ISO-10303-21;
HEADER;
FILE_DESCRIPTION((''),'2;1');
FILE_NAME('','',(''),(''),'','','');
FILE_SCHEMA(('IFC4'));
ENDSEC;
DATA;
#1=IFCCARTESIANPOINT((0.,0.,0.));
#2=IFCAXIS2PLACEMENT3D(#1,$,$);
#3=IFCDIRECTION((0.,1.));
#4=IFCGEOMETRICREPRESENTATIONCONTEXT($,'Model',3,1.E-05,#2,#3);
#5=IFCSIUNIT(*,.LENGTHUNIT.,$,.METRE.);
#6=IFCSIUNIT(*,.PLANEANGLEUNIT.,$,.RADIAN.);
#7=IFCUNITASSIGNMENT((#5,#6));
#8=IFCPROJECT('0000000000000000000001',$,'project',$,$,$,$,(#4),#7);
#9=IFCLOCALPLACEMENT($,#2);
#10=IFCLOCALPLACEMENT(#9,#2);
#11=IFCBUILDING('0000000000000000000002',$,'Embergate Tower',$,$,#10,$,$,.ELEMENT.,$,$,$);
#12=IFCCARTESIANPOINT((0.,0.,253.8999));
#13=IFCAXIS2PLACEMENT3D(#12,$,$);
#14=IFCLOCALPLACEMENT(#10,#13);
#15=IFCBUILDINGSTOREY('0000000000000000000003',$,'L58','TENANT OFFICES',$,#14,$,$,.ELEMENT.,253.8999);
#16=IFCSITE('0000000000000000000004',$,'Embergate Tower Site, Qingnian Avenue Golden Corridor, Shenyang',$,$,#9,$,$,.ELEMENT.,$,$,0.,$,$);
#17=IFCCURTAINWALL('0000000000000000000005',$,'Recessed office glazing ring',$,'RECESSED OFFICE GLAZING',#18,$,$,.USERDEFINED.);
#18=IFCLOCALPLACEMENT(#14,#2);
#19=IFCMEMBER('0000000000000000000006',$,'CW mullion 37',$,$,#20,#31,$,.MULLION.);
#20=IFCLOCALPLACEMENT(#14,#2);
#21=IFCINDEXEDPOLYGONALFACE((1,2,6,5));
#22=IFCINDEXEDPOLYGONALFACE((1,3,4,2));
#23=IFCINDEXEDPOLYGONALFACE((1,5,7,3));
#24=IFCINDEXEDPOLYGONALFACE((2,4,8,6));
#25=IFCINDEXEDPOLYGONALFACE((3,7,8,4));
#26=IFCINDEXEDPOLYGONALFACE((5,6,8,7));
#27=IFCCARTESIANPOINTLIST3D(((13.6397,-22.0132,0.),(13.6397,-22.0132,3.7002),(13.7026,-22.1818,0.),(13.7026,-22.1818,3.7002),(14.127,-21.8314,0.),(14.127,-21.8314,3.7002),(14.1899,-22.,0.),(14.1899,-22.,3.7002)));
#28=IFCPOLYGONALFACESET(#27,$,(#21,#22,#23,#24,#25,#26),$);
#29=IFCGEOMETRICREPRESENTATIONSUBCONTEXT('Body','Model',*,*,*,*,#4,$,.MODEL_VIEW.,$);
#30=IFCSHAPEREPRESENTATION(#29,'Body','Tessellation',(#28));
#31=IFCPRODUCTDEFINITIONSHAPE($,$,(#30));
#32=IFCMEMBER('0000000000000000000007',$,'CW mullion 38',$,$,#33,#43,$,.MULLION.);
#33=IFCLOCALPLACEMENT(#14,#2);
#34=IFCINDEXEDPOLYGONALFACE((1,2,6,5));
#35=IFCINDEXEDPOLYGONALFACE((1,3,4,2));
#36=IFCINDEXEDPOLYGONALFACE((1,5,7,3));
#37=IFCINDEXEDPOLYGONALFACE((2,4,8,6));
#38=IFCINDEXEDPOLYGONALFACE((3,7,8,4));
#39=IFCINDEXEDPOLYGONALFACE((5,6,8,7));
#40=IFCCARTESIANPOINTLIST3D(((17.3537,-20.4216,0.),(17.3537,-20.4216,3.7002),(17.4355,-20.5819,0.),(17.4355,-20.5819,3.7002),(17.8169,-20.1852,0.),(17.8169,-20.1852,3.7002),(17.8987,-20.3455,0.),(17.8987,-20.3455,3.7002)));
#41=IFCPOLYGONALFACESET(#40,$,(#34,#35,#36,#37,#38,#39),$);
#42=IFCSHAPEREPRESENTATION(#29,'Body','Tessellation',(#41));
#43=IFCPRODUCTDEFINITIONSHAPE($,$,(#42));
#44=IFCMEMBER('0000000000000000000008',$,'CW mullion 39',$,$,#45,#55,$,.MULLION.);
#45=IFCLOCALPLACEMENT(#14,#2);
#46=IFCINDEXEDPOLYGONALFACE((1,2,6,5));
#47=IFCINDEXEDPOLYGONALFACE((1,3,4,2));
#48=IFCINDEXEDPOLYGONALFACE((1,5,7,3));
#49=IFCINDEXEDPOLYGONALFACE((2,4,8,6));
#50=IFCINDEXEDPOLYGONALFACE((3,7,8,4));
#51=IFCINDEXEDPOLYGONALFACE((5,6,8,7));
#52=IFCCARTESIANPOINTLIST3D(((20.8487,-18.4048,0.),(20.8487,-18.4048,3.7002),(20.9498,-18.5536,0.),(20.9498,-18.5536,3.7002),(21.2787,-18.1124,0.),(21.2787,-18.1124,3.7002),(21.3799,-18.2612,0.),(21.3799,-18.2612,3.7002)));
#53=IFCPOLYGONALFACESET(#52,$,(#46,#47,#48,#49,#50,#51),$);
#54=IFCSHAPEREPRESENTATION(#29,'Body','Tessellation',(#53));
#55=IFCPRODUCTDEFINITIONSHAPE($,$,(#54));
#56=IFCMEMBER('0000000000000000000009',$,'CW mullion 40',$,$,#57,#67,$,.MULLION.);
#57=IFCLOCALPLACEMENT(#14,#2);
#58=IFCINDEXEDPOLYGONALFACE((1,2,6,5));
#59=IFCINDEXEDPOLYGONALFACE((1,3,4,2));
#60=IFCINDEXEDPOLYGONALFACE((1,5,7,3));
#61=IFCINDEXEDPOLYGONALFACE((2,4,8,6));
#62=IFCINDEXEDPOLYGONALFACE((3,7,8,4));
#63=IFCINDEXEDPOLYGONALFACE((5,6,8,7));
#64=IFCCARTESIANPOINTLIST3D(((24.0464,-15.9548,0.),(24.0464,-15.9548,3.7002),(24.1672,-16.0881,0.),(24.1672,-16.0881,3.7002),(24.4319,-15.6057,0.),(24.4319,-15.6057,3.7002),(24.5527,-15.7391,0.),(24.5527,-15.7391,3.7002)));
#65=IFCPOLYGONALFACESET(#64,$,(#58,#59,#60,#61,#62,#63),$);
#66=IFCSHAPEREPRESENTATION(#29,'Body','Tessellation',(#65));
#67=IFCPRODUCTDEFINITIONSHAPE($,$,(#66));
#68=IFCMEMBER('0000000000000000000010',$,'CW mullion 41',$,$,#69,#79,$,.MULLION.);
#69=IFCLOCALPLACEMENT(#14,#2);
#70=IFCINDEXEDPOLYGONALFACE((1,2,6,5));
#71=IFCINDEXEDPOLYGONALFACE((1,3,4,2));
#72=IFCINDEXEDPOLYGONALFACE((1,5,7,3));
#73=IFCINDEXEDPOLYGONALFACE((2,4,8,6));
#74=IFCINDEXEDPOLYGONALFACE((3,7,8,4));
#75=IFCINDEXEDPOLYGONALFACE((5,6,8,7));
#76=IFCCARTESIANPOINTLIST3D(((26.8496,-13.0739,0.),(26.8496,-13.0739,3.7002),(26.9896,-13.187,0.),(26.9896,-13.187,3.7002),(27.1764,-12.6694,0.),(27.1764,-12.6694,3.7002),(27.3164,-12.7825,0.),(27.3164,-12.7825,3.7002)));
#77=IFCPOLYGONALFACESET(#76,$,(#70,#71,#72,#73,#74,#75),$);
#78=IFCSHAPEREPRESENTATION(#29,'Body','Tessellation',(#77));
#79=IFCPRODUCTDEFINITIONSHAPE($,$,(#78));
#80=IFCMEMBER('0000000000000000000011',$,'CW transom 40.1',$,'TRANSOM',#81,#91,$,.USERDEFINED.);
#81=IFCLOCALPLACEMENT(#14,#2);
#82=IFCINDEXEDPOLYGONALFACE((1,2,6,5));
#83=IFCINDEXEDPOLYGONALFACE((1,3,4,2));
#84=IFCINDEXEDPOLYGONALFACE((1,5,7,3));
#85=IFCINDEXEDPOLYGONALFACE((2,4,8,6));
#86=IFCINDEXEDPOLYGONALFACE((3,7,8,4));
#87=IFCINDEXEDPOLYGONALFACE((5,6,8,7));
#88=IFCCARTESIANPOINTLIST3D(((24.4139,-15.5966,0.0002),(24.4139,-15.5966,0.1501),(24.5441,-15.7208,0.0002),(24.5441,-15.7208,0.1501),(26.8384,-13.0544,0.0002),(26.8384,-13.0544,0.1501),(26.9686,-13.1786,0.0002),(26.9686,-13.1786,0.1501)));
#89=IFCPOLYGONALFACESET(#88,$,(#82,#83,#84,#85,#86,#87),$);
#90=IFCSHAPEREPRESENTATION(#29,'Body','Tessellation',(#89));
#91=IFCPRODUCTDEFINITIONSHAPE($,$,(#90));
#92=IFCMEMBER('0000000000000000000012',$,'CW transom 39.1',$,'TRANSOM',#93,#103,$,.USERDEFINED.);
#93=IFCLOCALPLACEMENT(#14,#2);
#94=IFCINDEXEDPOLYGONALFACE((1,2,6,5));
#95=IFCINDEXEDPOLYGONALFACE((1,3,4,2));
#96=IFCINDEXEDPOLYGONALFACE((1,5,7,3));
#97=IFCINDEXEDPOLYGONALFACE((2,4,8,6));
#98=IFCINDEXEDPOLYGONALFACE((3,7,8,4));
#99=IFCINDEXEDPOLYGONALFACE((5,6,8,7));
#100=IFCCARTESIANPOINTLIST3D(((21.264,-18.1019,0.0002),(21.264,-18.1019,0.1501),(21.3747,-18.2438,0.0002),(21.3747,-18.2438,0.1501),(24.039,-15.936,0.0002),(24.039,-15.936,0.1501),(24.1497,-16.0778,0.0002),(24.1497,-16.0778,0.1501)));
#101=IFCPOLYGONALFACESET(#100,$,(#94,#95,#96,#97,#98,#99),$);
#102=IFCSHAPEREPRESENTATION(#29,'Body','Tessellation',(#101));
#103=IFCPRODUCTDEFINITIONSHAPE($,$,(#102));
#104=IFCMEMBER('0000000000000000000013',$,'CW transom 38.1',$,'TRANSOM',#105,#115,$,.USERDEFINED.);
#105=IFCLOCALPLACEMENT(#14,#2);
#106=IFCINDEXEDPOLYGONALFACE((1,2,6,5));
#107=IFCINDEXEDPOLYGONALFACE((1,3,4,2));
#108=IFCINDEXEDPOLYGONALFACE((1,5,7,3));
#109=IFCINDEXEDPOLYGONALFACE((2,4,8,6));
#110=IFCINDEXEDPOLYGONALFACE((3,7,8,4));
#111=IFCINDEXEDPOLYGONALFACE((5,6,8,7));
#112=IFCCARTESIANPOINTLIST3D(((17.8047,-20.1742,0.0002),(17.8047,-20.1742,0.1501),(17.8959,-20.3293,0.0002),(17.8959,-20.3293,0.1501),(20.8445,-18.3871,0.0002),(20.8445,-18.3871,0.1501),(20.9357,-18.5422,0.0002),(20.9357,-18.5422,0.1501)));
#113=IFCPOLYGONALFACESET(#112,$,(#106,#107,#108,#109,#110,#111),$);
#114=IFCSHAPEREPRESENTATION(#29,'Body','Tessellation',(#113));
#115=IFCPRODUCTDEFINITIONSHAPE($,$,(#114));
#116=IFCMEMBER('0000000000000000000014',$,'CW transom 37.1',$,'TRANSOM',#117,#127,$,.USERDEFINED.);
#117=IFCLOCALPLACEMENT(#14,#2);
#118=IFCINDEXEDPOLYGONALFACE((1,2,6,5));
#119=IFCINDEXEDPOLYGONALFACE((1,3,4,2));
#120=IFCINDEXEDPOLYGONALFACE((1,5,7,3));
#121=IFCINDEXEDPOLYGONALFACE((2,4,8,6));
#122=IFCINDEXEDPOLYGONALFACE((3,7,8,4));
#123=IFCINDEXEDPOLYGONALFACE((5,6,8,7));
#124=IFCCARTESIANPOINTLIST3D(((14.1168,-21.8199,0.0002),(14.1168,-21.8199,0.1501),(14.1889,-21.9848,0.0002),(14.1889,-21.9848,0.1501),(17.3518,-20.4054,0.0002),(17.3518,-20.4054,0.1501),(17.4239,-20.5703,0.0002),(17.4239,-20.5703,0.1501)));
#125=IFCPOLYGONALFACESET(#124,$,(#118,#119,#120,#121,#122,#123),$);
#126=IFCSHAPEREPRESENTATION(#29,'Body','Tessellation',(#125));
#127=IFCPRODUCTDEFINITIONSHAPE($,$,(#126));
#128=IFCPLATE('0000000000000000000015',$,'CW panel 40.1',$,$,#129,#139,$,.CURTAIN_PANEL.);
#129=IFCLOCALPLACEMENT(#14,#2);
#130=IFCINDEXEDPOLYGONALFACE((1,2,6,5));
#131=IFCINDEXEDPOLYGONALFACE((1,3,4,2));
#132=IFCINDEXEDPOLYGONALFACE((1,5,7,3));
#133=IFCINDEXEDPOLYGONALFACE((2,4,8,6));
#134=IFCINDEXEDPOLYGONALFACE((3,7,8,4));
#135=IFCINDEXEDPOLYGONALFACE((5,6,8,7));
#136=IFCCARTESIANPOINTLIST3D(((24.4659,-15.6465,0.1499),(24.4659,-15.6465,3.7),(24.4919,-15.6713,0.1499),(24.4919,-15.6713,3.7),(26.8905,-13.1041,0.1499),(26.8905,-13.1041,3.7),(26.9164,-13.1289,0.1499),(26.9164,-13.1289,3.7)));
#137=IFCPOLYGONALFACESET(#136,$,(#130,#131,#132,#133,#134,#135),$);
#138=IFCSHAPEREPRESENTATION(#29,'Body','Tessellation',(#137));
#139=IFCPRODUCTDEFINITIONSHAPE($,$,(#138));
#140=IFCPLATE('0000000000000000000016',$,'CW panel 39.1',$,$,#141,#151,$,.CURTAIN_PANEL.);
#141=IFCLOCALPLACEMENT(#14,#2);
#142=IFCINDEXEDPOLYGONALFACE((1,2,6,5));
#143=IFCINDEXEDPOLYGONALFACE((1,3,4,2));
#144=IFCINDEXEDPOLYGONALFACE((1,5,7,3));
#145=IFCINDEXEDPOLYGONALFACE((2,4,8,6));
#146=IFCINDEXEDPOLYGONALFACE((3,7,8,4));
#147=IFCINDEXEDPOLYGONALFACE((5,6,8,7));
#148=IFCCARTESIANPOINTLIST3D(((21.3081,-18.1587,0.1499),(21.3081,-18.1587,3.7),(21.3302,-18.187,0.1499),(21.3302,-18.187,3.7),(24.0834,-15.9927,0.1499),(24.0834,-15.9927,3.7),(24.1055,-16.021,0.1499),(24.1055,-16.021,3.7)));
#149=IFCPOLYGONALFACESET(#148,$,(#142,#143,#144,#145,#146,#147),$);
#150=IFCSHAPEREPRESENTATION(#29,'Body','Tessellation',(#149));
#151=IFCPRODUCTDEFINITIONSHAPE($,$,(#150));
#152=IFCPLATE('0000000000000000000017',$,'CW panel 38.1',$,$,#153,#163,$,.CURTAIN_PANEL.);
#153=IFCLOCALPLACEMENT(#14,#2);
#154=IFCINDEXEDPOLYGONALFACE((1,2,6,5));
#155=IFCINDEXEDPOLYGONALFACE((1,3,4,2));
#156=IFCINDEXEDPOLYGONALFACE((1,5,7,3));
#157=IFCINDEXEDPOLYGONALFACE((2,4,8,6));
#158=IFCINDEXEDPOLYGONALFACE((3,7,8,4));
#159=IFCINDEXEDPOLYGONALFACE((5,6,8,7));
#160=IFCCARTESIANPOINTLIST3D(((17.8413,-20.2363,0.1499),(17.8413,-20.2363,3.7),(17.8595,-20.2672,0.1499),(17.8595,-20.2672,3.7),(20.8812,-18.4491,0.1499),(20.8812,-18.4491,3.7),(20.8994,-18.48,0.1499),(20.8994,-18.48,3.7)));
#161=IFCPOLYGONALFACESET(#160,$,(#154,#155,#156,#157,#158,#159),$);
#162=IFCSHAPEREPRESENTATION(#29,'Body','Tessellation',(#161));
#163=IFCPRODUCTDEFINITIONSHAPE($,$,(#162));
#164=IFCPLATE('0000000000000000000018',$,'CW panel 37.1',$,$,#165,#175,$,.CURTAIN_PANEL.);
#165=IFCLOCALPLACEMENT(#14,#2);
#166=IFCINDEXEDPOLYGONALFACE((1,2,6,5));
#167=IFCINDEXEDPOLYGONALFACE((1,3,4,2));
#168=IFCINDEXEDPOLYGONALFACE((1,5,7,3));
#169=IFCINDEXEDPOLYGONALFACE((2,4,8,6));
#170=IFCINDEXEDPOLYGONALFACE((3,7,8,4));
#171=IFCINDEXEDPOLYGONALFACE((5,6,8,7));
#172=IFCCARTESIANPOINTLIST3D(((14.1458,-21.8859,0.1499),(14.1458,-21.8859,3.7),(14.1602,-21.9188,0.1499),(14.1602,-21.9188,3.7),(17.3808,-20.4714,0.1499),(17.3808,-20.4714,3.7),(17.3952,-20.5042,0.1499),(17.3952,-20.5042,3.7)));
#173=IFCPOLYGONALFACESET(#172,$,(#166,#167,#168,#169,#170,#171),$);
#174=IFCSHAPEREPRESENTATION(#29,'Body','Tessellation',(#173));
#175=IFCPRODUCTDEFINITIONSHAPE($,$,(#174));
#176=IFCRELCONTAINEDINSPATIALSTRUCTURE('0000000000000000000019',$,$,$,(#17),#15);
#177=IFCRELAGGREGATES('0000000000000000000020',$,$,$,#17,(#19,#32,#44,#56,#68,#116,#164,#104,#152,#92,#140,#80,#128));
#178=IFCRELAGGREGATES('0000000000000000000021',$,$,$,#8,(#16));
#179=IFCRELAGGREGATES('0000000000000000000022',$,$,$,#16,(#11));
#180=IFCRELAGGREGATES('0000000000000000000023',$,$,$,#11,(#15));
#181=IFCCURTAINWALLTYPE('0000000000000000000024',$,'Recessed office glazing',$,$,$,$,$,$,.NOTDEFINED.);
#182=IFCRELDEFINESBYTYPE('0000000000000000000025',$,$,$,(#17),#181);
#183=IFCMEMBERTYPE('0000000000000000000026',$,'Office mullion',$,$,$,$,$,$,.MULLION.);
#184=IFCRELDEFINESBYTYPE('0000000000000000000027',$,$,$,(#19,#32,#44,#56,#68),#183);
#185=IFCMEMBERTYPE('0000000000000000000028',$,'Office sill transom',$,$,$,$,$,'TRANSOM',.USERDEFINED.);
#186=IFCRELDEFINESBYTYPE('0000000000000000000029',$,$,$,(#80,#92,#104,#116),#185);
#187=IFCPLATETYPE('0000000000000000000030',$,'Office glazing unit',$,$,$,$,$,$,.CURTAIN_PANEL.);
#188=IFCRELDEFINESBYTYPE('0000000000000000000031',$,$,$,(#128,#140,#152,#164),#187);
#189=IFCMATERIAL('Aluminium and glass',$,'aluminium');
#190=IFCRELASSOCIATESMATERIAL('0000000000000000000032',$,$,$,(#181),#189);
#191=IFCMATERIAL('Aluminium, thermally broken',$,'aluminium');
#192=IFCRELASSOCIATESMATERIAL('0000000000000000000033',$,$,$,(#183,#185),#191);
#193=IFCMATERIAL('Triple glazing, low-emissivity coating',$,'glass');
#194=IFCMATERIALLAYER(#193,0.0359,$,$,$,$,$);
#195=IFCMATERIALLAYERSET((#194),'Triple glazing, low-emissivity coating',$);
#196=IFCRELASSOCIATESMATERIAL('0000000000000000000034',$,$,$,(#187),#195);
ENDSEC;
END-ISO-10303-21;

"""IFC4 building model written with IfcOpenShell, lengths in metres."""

from ifc_helpers import new_model, si_unit, direction, frame, origin, origin_2d, place, context, subcontext, project, spatial, rectangle, extrude, source, transform, mapped, material, layer, layer_set, material_profile, profile_set, type_object, element, aggregate, save


model = new_model("IFC4")

# Units and contexts
model_context = context("Model", 3, precision=1e-05, world=origin(), true_north=direction((0.0, 1.0)))
body_context = subcontext(model_context, "Body", "Model", "MODEL_VIEW")
ifc_project = project(units=[si_unit("LENGTHUNIT", "METRE"), si_unit("PLANEANGLEUNIT", "RADIAN")], contexts=[model_context])

# Site, building, storey
site_placement = place(None, origin())
site = spatial("IfcSite", under=ifc_project, at=site_placement, Name="Embergate Tower Site, Qingnian Avenue Golden Corridor, Shenyang", CompositionType="ELEMENT", RefElevation=0.0)
building_placement = place(site_placement, origin())
building = spatial("IfcBuilding", under=site, at=building_placement, Name="Embergate Tower", CompositionType="ELEMENT")
storey_placement = place(building_placement, frame((0.0, 0.0, 253.8999)))
storey = spatial("IfcBuildingStorey", under=building, at=storey_placement, Name="L58", Description="TENANT OFFICES", CompositionType="ELEMENT", Elevation=253.8999)

# Curtain wall, members, plates
ifc_material_1 = material(Name="Aluminium and glass", Category="aluminium")
curtain_wall_type = type_object("IfcCurtainWallType", Name="Recessed office glazing", PredefinedType="NOTDEFINED", material=ifc_material_1)
curtain_wall_placement = place(storey_placement, origin())
curtain_wall = element("IfcCurtainWall", 1, at=curtain_wall_placement, inside=storey, type_object=curtain_wall_type, Name="Recessed office glazing ring", ObjectType="RECESSED OFFICE GLAZING", PredefinedType="USERDEFINED")
ifc_material_2 = material(Name="Aluminium, thermally broken", Category="aluminium")
ifc_material_profile_1 = material_profile(ifc_material_2, rectangle(XDim=0.1799, YDim=0.52, at=origin_2d()), Name="AL 520x180")
ifc_profile_set_1 = profile_set([ifc_material_profile_1], Name="Aluminium, thermally broken")
member_type_1 = type_object("IfcMemberType", Name="Office mullion", PredefinedType="MULLION", material=ifc_profile_set_1)
shared_shape_1 = source(origin(), body_context, "Body", "SweptSolid", [
    extrude(rectangle(XDim=0.1799, YDim=0.52, at=origin_2d()), origin(), (0.0, 0.0, 1.0), 3.7002),
])
member_1_placement = place(storey_placement, frame((13.9148, -22.0066, 0.0), z_axis=(0.0, 0.0, 1.0), x_axis=(-0.349498, 0.936937, 0.0)))
member_1 = element("IfcMember", 2, at=member_1_placement, type_object=member_type_1, Name="CW mullion 37", PredefinedType="MULLION", context=body_context, shape_type="MappedRepresentation", body=[
    mapped(shared_shape_1, transform((0.0, 0.0, 0.0))),
])
member_2_placement = place(storey_placement, frame((17.6262, -20.3835, 0.0), z_axis=(0.0, 0.0, 1.0), x_axis=(-0.454505, 0.890744, 0.0)))
member_2 = element("IfcMember", 3, at=member_2_placement, type_object=member_type_1, Name="CW mullion 38", PredefinedType="MULLION", context=body_context, shape_type="MappedRepresentation", body=[
    mapped(shared_shape_1, transform((0.0, 0.0, 0.0))),
])
member_3_placement = place(storey_placement, frame((21.1143, -18.333, 0.0), z_axis=(0.0, 0.0, 1.0), x_axis=(-0.562209, 0.826995, 0.0)))
member_3 = element("IfcMember", 4, at=member_3_placement, type_object=member_type_1, Name="CW mullion 39", PredefinedType="MULLION", context=body_context, shape_type="MappedRepresentation", body=[
    mapped(shared_shape_1, transform((0.0, 0.0, 0.0))),
])
member_4_placement = place(storey_placement, frame((24.2996, -15.8469, 0.0), z_axis=(0.0, 0.0, 1.0), x_axis=(-0.671217, 0.74126, 0.0)))
member_4 = element("IfcMember", 5, at=member_4_placement, type_object=member_type_1, Name="CW mullion 40", PredefinedType="MULLION", context=body_context, shape_type="MappedRepresentation", body=[
    mapped(shared_shape_1, transform((0.0, 0.0, 0.0))),
])
member_5_placement = place(storey_placement, frame((27.083, -12.9282, 0.0), z_axis=(0.0, 0.0, 1.0), x_axis=(-0.777864, 0.628433, 0.0)))
member_5 = element("IfcMember", 6, at=member_5_placement, type_object=member_type_1, Name="CW mullion 41", PredefinedType="MULLION", context=body_context, shape_type="MappedRepresentation", body=[
    mapped(shared_shape_1, transform((0.0, 0.0, 0.0))),
])
ifc_material_profile_2 = material_profile(ifc_material_2, rectangle(XDim=0.1799, YDim=0.1499, at=origin_2d()), Name="AL 150x180")
ifc_profile_set_2 = profile_set([ifc_material_profile_2], Name="Aluminium, thermally broken")
member_type_2 = type_object("IfcMemberType", Name="Office sill transom", ElementType="TRANSOM", PredefinedType="USERDEFINED", material=ifc_profile_set_2)
shared_shape_2 = source(origin(), body_context, "Body", "SweptSolid", [
    extrude(rectangle(XDim=0.1799, YDim=0.1499, at=origin_2d()), origin(), (0.0, 0.0, 1.0), 3.5129),
])
member_6_placement = place(storey_placement, frame((24.479, -15.6587, 0.0752), z_axis=(0.69016, 0.723657, 0.0), x_axis=(-0.723657, 0.69016, 0.0)))
member_6 = element("IfcMember", 7, at=member_6_placement, type_object=member_type_2, Name="CW transom 40.1", ObjectType="TRANSOM", PredefinedType="USERDEFINED", context=body_context, shape_type="MappedRepresentation", body=[
    mapped(shared_shape_2, transform((0.0, 0.0, 0.0))),
])
shared_shape_3 = source(origin(), body_context, "Body", "SweptSolid", [
    extrude(rectangle(XDim=0.1799, YDim=0.1499, at=origin_2d()), origin(), (0.0, 0.0, 1.0), 3.5203),
])
member_7_placement = place(storey_placement, frame((21.3193, -18.1729, 0.0752), z_axis=(0.788309, 0.615279, 0.0), x_axis=(-0.615279, 0.788309, 0.0)))
member_7 = element("IfcMember", 8, at=member_7_placement, type_object=member_type_2, Name="CW transom 39.1", ObjectType="TRANSOM", PredefinedType="USERDEFINED", context=body_context, shape_type="MappedRepresentation", body=[
    mapped(shared_shape_3, transform((0.0, 0.0, 0.0))),
])
shared_shape_4 = source(origin(), body_context, "Body", "SweptSolid", [
    extrude(rectangle(XDim=0.1799, YDim=0.1499, at=origin_2d()), origin(), (0.0, 0.0, 1.0), 3.5261),
])
member_8_placement = place(storey_placement, frame((17.8503, -20.2517, 0.0752), z_axis=(0.862059, 0.506808, 0.0), x_axis=(-0.506808, 0.862059, 0.0)))
member_8 = element("IfcMember", 9, at=member_8_placement, type_object=member_type_2, Name="CW transom 38.1", ObjectType="TRANSOM", PredefinedType="USERDEFINED", context=body_context, shape_type="MappedRepresentation", body=[
    mapped(shared_shape_4, transform((0.0, 0.0, 0.0))),
])
shared_shape_5 = source(origin(), body_context, "Body", "SweptSolid", [
    extrude(rectangle(XDim=0.1799, YDim=0.1499, at=origin_2d()), origin(), (0.0, 0.0, 1.0), 3.5308),
])
member_9_placement = place(storey_placement, frame((14.1528, -21.9023, 0.0752), z_axis=(0.916241, 0.400627, 0.0), x_axis=(-0.400627, 0.916241, 0.0)))
member_9 = element("IfcMember", 10, at=member_9_placement, type_object=member_type_2, Name="CW transom 37.1", ObjectType="TRANSOM", PredefinedType="USERDEFINED", context=body_context, shape_type="MappedRepresentation", body=[
    mapped(shared_shape_5, transform((0.0, 0.0, 0.0))),
])
ifc_material_3 = material(Name="Triple glazing, low-emissivity coating", Category="glass")
ifc_layer = layer(ifc_material_3, 0.0359)
ifc_layer_set = layer_set([ifc_layer], Name="Triple glazing, low-emissivity coating")
plate_type = type_object("IfcPlateType", Name="Office glazing unit", PredefinedType="CURTAIN_PANEL", material=ifc_layer_set)
shared_shape_6 = source(origin(), body_context, "Body", "SweptSolid", [
    extrude(rectangle(XDim=3.5132, YDim=0.0359, at=origin_2d()), origin(), (0.0, 0.0, 1.0), 3.55),
])
plate_1_placement = place(storey_placement, frame((25.6912, -14.3877, 0.1499), z_axis=(0.0, 0.0, 1.0), x_axis=(0.690138, 0.723678, 0.0)))
plate_1 = element("IfcPlate", 11, at=plate_1_placement, type_object=plate_type, Name="CW panel 40.1", PredefinedType="CURTAIN_PANEL", context=body_context, shape_type="MappedRepresentation", body=[
    mapped(shared_shape_6, transform((0.0, 0.0, 0.0))),
])
shared_shape_7 = source(origin(), body_context, "Body", "SweptSolid", [
    extrude(rectangle(XDim=3.5205, YDim=0.0359, at=origin_2d()), origin(), (0.0, 0.0, 1.0), 3.55),
])
plate_2_placement = place(storey_placement, frame((22.7068, -17.0898, 0.1499), z_axis=(0.0, 0.0, 1.0), x_axis=(0.788322, 0.615263, 0.0)))
plate_2 = element("IfcPlate", 12, at=plate_2_placement, type_object=plate_type, Name="CW panel 39.1", PredefinedType="CURTAIN_PANEL", context=body_context, shape_type="MappedRepresentation", body=[
    mapped(shared_shape_7, transform((0.0, 0.0, 0.0))),
])
shared_shape_8 = source(origin(), body_context, "Body", "SweptSolid", [
    extrude(rectangle(XDim=3.5264, YDim=0.0359, at=origin_2d()), origin(), (0.0, 0.0, 1.0), 3.55),
])
plate_3_placement = place(storey_placement, frame((19.3704, -19.3582, 0.1499), z_axis=(0.0, 0.0, 1.0), x_axis=(0.862055, 0.506815, 0.0)))
plate_3 = element("IfcPlate", 13, at=plate_3_placement, type_object=plate_type, Name="CW panel 38.1", PredefinedType="CURTAIN_PANEL", context=body_context, shape_type="MappedRepresentation", body=[
    mapped(shared_shape_8, transform((0.0, 0.0, 0.0))),
])
shared_shape_9 = source(origin(), body_context, "Body", "SweptSolid", [
    extrude(rectangle(XDim=3.5308, YDim=0.0359, at=origin_2d()), origin(), (0.0, 0.0, 1.0), 3.55),
])
plate_4_placement = place(storey_placement, frame((15.7705, -21.1951, 0.1499), z_axis=(0.0, 0.0, 1.0), x_axis=(0.916237, 0.400637, 0.0)))
plate_4 = element("IfcPlate", 14, at=plate_4_placement, type_object=plate_type, Name="CW panel 37.1", PredefinedType="CURTAIN_PANEL", context=body_context, shape_type="MappedRepresentation", body=[
    mapped(shared_shape_9, transform((0.0, 0.0, 0.0))),
])
aggregate(curtain_wall, [member_1, member_2, member_3, member_4, member_5, member_9, plate_4, member_8, plate_3, member_7, plate_2, member_6, plate_1])

save(model, "model.ifc")
